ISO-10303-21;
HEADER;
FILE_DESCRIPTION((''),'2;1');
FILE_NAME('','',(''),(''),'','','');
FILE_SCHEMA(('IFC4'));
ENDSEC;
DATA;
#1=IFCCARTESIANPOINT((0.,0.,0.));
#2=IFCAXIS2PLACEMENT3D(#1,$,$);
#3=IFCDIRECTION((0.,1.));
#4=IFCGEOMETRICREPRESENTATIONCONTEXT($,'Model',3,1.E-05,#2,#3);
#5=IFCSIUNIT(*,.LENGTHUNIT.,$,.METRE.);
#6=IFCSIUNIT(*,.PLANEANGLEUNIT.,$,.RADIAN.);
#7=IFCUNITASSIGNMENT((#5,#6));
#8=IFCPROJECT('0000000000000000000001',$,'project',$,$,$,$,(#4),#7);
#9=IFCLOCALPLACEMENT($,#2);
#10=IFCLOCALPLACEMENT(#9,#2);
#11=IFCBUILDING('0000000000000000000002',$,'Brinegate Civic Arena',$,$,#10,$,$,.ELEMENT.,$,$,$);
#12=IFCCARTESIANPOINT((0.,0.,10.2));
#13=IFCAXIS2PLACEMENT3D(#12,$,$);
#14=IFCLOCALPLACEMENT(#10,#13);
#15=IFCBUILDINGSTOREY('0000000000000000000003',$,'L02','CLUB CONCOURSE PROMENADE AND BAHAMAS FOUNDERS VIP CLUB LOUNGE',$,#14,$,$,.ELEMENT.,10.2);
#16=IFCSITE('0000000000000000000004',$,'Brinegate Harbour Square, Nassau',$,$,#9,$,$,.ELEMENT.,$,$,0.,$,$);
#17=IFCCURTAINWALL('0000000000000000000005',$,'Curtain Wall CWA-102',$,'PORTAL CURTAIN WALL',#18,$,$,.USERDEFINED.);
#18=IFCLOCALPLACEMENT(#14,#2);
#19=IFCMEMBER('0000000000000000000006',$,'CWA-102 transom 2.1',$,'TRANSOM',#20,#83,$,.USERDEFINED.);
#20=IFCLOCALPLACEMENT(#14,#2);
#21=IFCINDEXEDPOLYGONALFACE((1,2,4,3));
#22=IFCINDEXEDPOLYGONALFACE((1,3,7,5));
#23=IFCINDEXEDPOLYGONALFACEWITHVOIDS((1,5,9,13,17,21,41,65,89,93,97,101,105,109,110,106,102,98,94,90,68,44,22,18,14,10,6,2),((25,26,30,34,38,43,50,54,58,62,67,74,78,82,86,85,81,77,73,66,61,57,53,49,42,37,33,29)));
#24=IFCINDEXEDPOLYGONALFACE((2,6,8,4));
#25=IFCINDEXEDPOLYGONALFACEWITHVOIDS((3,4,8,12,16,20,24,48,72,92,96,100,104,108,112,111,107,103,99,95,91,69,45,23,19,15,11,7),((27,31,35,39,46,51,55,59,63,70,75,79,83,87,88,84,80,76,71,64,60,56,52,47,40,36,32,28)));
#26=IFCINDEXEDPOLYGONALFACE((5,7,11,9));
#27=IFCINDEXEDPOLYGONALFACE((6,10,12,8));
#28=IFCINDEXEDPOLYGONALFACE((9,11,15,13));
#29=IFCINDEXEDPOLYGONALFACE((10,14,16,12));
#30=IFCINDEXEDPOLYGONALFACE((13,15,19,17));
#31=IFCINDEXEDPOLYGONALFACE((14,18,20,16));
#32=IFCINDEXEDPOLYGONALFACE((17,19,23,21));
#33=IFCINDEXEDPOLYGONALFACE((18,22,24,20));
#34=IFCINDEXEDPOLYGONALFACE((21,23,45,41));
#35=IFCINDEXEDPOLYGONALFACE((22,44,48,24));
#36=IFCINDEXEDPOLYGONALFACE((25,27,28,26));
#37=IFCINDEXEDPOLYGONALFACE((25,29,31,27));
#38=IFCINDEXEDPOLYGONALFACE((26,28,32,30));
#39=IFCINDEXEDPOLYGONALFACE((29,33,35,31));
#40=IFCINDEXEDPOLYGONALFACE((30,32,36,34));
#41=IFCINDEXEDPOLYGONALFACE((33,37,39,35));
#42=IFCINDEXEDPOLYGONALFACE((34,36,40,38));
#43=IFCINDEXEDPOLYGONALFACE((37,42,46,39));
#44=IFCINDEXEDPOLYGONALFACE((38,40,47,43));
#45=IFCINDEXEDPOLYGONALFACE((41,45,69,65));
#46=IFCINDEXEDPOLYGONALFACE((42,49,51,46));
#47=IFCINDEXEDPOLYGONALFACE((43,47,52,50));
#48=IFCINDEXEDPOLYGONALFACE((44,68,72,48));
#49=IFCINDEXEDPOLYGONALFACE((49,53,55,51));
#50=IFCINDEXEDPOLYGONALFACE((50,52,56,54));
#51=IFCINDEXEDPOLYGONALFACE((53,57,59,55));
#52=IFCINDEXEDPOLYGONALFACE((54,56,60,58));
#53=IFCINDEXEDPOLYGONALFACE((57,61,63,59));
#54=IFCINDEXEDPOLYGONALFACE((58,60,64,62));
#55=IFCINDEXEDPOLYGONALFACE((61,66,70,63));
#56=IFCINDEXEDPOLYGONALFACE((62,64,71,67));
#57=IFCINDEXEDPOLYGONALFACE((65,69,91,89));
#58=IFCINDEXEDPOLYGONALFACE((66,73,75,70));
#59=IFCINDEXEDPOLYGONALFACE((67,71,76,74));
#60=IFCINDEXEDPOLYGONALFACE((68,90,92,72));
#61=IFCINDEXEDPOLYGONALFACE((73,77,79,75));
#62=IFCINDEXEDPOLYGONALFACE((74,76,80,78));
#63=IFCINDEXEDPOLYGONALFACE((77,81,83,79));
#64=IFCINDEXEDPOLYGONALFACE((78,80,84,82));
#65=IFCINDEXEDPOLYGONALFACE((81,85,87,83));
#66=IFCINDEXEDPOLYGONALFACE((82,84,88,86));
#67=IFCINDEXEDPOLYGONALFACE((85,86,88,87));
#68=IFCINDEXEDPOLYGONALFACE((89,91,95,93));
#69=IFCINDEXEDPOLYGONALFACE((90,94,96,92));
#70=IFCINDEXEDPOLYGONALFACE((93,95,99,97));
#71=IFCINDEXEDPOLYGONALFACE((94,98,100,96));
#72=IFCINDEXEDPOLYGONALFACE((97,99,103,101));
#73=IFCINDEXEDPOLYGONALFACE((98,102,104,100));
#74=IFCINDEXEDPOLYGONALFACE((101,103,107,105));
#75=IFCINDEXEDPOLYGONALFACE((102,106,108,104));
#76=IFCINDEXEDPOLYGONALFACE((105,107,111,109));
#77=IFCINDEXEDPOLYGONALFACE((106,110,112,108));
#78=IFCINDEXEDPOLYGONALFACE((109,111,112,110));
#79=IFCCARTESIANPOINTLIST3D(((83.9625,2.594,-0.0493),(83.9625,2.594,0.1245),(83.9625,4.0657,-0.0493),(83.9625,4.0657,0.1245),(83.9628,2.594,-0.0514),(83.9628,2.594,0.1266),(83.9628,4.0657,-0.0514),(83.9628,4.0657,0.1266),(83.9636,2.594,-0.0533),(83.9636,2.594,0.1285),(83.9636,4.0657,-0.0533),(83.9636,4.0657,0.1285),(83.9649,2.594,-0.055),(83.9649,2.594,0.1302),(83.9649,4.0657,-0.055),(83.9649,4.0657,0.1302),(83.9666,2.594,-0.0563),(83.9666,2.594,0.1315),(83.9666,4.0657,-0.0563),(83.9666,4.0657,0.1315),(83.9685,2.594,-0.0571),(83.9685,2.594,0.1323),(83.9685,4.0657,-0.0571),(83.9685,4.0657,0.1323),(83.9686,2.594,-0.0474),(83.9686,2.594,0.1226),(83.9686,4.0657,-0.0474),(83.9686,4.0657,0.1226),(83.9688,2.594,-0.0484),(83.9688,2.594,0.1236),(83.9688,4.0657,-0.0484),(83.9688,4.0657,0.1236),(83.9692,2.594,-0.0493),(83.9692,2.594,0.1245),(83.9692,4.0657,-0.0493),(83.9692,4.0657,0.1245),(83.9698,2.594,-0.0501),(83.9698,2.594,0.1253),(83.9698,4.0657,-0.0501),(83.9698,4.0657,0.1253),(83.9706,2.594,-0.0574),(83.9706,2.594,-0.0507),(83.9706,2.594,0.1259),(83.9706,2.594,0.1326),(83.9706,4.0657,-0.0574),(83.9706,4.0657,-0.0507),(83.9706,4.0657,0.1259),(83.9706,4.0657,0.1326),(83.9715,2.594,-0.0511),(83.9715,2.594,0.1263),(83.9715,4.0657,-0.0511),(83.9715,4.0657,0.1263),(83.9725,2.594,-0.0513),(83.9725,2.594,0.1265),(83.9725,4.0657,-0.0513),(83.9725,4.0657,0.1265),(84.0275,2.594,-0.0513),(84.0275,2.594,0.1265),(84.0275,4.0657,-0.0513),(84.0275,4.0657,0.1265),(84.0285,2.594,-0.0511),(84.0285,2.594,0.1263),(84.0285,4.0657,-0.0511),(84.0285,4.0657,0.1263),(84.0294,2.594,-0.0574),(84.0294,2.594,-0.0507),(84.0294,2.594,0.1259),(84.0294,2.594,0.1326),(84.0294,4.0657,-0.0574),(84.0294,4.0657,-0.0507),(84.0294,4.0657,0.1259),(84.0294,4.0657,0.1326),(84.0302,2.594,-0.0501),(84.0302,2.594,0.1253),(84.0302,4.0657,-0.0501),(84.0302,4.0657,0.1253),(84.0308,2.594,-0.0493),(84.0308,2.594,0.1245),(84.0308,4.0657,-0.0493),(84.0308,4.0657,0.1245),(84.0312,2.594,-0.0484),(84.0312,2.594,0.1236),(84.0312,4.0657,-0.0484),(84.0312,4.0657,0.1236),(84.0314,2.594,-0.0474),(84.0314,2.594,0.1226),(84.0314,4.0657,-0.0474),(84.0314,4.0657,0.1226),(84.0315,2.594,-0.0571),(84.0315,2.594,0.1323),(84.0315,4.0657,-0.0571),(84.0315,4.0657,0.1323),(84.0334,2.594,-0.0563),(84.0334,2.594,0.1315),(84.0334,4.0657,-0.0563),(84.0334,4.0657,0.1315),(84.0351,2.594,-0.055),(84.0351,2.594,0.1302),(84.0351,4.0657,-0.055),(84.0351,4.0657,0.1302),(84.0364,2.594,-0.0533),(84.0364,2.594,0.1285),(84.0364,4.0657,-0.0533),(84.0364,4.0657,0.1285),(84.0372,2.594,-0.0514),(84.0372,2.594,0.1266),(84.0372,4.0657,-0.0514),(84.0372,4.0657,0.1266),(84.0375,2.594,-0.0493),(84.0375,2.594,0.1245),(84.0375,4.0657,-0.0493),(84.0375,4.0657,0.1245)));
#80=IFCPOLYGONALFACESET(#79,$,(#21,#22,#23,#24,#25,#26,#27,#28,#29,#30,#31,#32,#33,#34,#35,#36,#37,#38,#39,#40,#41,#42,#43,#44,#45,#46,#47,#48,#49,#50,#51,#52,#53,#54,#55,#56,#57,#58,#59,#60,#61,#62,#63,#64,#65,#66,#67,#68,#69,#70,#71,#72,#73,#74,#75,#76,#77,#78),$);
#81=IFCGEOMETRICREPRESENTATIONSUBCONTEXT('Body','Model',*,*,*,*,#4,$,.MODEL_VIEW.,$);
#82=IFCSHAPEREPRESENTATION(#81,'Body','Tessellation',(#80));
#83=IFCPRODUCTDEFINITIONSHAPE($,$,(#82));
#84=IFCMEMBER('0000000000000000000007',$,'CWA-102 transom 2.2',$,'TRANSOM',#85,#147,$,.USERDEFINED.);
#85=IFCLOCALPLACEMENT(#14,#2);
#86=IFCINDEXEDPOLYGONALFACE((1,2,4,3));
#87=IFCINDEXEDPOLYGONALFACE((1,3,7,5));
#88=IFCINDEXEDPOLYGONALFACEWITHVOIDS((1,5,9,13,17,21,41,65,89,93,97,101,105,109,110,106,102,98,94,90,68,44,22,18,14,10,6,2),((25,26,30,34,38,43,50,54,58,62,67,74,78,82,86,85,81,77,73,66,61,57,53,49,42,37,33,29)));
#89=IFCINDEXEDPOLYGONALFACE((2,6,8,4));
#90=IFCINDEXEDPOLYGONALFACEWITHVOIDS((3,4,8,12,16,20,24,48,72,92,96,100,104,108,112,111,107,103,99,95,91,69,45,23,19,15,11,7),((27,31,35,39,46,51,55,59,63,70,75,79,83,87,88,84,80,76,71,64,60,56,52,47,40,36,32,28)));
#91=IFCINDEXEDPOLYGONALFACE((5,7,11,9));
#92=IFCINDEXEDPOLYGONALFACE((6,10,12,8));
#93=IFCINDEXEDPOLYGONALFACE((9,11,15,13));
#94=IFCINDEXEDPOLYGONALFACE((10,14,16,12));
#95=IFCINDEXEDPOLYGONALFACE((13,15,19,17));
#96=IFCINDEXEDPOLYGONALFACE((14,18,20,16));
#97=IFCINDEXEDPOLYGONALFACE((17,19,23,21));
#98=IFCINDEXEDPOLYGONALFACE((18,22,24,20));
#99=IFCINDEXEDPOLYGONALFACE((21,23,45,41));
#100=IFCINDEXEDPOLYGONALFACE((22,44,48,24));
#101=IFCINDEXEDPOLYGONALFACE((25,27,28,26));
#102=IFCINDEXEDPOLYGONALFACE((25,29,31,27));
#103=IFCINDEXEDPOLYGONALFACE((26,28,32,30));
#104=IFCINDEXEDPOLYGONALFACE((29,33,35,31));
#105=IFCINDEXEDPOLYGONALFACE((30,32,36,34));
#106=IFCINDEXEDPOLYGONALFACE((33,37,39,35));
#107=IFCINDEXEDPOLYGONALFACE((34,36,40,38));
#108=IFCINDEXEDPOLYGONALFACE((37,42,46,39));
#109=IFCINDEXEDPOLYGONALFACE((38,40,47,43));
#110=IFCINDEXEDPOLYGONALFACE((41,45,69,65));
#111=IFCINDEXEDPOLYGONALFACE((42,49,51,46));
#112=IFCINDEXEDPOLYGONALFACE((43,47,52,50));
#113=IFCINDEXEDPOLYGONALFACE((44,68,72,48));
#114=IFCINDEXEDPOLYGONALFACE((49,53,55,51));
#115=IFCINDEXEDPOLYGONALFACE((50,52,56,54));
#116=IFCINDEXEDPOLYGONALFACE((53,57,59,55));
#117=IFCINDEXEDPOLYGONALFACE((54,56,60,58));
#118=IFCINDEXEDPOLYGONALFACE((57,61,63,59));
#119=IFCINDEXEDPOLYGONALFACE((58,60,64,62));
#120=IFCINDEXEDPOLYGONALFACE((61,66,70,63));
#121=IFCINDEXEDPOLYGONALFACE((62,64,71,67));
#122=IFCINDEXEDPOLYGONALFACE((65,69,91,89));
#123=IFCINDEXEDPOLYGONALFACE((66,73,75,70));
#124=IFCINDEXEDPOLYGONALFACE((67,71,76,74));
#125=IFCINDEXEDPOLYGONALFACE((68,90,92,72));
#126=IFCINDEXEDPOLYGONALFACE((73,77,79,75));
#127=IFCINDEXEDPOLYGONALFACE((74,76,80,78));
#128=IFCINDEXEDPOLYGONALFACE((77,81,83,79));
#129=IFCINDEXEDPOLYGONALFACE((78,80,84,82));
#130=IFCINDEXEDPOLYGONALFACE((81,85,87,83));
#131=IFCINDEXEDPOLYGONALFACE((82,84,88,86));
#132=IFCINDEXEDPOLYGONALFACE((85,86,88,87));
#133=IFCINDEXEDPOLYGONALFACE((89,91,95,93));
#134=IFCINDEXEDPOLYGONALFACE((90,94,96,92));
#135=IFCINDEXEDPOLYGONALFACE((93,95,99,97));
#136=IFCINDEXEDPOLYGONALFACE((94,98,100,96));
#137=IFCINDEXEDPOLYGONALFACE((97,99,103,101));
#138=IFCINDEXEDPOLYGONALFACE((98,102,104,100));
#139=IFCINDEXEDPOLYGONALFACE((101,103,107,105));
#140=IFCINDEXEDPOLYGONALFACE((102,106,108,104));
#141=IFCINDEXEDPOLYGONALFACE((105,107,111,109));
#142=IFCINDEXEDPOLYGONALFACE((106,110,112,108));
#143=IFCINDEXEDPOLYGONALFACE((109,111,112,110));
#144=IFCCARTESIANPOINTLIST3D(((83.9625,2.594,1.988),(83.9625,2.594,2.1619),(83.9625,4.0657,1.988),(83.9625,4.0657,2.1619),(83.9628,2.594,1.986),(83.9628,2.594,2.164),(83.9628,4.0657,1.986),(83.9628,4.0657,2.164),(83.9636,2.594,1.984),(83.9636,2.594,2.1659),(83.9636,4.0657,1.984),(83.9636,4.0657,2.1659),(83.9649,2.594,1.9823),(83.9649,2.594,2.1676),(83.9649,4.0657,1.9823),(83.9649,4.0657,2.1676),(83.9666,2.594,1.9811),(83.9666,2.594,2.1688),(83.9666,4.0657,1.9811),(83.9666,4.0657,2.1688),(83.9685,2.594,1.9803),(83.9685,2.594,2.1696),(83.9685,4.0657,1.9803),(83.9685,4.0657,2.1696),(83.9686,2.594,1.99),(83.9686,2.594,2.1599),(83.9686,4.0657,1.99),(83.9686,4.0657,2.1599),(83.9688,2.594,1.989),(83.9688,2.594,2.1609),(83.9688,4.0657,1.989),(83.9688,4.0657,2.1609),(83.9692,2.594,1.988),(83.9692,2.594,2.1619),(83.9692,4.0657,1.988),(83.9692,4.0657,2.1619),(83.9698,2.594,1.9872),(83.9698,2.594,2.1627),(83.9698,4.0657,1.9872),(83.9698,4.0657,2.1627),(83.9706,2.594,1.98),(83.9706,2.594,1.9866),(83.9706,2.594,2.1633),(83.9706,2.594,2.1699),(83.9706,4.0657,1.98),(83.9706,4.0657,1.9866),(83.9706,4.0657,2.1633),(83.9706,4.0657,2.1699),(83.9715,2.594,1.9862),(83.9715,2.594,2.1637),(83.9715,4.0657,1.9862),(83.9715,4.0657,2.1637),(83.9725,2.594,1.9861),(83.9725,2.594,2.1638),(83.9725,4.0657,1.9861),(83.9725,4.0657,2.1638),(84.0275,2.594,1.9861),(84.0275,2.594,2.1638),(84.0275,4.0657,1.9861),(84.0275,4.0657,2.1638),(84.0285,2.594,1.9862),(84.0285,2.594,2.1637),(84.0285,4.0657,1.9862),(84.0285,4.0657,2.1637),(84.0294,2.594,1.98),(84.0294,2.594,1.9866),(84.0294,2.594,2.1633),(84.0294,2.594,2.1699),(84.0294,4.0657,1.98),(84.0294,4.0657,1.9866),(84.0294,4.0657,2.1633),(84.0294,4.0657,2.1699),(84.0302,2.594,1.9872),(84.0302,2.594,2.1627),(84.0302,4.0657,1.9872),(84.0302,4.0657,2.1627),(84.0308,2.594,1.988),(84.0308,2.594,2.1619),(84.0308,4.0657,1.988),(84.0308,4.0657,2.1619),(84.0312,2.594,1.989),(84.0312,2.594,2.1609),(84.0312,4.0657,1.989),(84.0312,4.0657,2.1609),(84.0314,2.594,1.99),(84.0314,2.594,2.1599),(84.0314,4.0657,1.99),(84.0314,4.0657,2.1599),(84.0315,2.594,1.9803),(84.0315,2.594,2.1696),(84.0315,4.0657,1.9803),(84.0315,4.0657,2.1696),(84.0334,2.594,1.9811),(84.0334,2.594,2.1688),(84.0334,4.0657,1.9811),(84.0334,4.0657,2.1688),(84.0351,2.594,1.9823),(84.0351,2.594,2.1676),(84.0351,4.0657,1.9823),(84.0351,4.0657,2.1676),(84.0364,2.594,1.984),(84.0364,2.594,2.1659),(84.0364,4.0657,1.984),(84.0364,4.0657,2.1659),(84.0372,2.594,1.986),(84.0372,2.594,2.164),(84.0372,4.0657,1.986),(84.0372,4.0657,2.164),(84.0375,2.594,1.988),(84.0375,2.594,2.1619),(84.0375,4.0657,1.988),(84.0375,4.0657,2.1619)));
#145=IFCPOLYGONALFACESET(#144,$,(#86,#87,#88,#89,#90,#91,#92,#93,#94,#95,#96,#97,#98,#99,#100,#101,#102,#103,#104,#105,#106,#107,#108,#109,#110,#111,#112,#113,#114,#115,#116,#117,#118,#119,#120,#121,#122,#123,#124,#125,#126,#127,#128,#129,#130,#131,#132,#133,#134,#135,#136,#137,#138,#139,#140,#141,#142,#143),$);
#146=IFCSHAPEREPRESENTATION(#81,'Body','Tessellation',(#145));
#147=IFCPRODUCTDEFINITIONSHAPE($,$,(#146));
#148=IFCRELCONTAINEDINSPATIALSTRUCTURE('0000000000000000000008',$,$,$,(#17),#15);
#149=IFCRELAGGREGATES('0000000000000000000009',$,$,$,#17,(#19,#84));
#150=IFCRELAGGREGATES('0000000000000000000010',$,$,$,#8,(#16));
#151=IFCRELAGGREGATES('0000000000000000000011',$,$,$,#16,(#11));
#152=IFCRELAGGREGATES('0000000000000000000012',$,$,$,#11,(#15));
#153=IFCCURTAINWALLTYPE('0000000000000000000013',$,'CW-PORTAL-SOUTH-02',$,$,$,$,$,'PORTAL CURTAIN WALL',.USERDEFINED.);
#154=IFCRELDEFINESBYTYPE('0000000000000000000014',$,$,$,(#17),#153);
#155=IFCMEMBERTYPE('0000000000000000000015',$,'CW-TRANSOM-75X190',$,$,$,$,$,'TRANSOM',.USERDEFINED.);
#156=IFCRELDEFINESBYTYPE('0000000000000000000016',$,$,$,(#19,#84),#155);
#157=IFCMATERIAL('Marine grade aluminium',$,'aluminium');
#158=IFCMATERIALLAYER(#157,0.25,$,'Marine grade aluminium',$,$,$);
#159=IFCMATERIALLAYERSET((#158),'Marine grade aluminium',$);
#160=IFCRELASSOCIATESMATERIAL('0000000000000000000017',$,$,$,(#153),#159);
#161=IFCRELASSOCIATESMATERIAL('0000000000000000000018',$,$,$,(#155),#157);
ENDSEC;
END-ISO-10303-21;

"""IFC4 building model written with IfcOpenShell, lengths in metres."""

from ifc_helpers import new_model, si_unit, direction, frame, origin, origin_2d, place, context, subcontext, project, spatial, hollow_rectangle, extrude, material, layer, layer_set, material_profile, profile_set, type_object, element, aggregate, save


model = new_model("IFC4")

# Units and contexts
model_context = context("Model", 3, precision=1e-05, world=origin(), true_north=direction((0.0, 1.0)))
body_context = subcontext(model_context, "Body", "Model", "MODEL_VIEW")
ifc_project = project(units=[si_unit("LENGTHUNIT", "METRE"), si_unit("PLANEANGLEUNIT", "RADIAN")], contexts=[model_context])

# Site, building, storey
site_placement = place(None, origin())
site = spatial("IfcSite", under=ifc_project, at=site_placement, Name="Brinegate Harbour Square, Nassau", CompositionType="ELEMENT", RefElevation=0.0)
building_placement = place(site_placement, origin())
building = spatial("IfcBuilding", under=site, at=building_placement, Name="Brinegate Civic Arena", CompositionType="ELEMENT")
storey_placement = place(building_placement, frame((0.0, 0.0, 10.2)))
storey = spatial("IfcBuildingStorey", under=building, at=storey_placement, Name="L02", Description="CLUB CONCOURSE PROMENADE AND BAHAMAS FOUNDERS VIP CLUB LOUNGE", CompositionType="ELEMENT", Elevation=10.2)

# Curtain wall, members
ifc_material_1 = material(Name="Marine grade aluminium", Category="aluminium")
ifc_layer_1 = layer(ifc_material_1, 0.25, Name="Marine grade aluminium")
ifc_layer_set_1 = layer_set([ifc_layer_1], Name="Marine grade aluminium")
curtain_wall_type = type_object("IfcCurtainWallType", Name="CW-PORTAL-SOUTH-02", ElementType="PORTAL CURTAIN WALL", PredefinedType="USERDEFINED", material=ifc_layer_set_1)
curtain_wall_placement = place(storey_placement, origin())
curtain_wall = element("IfcCurtainWall", 1, at=curtain_wall_placement, inside=storey, type_object=curtain_wall_type, Name="Curtain Wall CWA-102", ObjectType="PORTAL CURTAIN WALL", PredefinedType="USERDEFINED")
ifc_material_profile_1 = material_profile(ifc_material_1, hollow_rectangle(XDim=0.075, YDim=0.1899, WallThickness=0.0061, InnerFilletRadius=0.0039, OuterFilletRadius=0.0081, at=origin_2d()), Name="TRN75X190")
ifc_profile_set_1 = profile_set([ifc_material_profile_1], Name="Marine grade aluminium")
member_type_1 = type_object("IfcMemberType", Name="CW-TRANSOM-75X190", ElementType="TRANSOM", PredefinedType="USERDEFINED", material=ifc_profile_set_1)
member_1_placement = place(storey_placement, frame((84.0, 2.594, 0.0376), z_axis=(0.0, 1.0, 0.0), x_axis=(-1.0, 0.0, 0.0)))
member_1 = element("IfcMember", 2, at=member_1_placement, type_object=member_type_1, Name="CWA-102 transom 2.1", ObjectType="TRANSOM", PredefinedType="USERDEFINED", context=body_context, shape_type="SweptSolid", body=[
    extrude(hollow_rectangle(XDim=0.075, YDim=0.1899, WallThickness=0.0061, InnerFilletRadius=0.0039, OuterFilletRadius=0.0081, at=origin_2d()), origin(), (0.0, 0.0, 1.0), 1.4717),
])
member_2_placement = place(storey_placement, frame((84.0, 2.594, 2.075), z_axis=(0.0, 1.0, 0.0), x_axis=(-1.0, 0.0, 0.0)))
member_2 = element("IfcMember", 3, at=member_2_placement, type_object=member_type_1, Name="CWA-102 transom 2.2", ObjectType="TRANSOM", PredefinedType="USERDEFINED", context=body_context, shape_type="SweptSolid", body=[
    extrude(hollow_rectangle(XDim=0.075, YDim=0.1899, WallThickness=0.0061, InnerFilletRadius=0.0039, OuterFilletRadius=0.0081, at=origin_2d()), origin(), (0.0, 0.0, 1.0), 1.4717),
])
aggregate(curtain_wall, [member_1, member_2])

save(model, "model.ifc")
